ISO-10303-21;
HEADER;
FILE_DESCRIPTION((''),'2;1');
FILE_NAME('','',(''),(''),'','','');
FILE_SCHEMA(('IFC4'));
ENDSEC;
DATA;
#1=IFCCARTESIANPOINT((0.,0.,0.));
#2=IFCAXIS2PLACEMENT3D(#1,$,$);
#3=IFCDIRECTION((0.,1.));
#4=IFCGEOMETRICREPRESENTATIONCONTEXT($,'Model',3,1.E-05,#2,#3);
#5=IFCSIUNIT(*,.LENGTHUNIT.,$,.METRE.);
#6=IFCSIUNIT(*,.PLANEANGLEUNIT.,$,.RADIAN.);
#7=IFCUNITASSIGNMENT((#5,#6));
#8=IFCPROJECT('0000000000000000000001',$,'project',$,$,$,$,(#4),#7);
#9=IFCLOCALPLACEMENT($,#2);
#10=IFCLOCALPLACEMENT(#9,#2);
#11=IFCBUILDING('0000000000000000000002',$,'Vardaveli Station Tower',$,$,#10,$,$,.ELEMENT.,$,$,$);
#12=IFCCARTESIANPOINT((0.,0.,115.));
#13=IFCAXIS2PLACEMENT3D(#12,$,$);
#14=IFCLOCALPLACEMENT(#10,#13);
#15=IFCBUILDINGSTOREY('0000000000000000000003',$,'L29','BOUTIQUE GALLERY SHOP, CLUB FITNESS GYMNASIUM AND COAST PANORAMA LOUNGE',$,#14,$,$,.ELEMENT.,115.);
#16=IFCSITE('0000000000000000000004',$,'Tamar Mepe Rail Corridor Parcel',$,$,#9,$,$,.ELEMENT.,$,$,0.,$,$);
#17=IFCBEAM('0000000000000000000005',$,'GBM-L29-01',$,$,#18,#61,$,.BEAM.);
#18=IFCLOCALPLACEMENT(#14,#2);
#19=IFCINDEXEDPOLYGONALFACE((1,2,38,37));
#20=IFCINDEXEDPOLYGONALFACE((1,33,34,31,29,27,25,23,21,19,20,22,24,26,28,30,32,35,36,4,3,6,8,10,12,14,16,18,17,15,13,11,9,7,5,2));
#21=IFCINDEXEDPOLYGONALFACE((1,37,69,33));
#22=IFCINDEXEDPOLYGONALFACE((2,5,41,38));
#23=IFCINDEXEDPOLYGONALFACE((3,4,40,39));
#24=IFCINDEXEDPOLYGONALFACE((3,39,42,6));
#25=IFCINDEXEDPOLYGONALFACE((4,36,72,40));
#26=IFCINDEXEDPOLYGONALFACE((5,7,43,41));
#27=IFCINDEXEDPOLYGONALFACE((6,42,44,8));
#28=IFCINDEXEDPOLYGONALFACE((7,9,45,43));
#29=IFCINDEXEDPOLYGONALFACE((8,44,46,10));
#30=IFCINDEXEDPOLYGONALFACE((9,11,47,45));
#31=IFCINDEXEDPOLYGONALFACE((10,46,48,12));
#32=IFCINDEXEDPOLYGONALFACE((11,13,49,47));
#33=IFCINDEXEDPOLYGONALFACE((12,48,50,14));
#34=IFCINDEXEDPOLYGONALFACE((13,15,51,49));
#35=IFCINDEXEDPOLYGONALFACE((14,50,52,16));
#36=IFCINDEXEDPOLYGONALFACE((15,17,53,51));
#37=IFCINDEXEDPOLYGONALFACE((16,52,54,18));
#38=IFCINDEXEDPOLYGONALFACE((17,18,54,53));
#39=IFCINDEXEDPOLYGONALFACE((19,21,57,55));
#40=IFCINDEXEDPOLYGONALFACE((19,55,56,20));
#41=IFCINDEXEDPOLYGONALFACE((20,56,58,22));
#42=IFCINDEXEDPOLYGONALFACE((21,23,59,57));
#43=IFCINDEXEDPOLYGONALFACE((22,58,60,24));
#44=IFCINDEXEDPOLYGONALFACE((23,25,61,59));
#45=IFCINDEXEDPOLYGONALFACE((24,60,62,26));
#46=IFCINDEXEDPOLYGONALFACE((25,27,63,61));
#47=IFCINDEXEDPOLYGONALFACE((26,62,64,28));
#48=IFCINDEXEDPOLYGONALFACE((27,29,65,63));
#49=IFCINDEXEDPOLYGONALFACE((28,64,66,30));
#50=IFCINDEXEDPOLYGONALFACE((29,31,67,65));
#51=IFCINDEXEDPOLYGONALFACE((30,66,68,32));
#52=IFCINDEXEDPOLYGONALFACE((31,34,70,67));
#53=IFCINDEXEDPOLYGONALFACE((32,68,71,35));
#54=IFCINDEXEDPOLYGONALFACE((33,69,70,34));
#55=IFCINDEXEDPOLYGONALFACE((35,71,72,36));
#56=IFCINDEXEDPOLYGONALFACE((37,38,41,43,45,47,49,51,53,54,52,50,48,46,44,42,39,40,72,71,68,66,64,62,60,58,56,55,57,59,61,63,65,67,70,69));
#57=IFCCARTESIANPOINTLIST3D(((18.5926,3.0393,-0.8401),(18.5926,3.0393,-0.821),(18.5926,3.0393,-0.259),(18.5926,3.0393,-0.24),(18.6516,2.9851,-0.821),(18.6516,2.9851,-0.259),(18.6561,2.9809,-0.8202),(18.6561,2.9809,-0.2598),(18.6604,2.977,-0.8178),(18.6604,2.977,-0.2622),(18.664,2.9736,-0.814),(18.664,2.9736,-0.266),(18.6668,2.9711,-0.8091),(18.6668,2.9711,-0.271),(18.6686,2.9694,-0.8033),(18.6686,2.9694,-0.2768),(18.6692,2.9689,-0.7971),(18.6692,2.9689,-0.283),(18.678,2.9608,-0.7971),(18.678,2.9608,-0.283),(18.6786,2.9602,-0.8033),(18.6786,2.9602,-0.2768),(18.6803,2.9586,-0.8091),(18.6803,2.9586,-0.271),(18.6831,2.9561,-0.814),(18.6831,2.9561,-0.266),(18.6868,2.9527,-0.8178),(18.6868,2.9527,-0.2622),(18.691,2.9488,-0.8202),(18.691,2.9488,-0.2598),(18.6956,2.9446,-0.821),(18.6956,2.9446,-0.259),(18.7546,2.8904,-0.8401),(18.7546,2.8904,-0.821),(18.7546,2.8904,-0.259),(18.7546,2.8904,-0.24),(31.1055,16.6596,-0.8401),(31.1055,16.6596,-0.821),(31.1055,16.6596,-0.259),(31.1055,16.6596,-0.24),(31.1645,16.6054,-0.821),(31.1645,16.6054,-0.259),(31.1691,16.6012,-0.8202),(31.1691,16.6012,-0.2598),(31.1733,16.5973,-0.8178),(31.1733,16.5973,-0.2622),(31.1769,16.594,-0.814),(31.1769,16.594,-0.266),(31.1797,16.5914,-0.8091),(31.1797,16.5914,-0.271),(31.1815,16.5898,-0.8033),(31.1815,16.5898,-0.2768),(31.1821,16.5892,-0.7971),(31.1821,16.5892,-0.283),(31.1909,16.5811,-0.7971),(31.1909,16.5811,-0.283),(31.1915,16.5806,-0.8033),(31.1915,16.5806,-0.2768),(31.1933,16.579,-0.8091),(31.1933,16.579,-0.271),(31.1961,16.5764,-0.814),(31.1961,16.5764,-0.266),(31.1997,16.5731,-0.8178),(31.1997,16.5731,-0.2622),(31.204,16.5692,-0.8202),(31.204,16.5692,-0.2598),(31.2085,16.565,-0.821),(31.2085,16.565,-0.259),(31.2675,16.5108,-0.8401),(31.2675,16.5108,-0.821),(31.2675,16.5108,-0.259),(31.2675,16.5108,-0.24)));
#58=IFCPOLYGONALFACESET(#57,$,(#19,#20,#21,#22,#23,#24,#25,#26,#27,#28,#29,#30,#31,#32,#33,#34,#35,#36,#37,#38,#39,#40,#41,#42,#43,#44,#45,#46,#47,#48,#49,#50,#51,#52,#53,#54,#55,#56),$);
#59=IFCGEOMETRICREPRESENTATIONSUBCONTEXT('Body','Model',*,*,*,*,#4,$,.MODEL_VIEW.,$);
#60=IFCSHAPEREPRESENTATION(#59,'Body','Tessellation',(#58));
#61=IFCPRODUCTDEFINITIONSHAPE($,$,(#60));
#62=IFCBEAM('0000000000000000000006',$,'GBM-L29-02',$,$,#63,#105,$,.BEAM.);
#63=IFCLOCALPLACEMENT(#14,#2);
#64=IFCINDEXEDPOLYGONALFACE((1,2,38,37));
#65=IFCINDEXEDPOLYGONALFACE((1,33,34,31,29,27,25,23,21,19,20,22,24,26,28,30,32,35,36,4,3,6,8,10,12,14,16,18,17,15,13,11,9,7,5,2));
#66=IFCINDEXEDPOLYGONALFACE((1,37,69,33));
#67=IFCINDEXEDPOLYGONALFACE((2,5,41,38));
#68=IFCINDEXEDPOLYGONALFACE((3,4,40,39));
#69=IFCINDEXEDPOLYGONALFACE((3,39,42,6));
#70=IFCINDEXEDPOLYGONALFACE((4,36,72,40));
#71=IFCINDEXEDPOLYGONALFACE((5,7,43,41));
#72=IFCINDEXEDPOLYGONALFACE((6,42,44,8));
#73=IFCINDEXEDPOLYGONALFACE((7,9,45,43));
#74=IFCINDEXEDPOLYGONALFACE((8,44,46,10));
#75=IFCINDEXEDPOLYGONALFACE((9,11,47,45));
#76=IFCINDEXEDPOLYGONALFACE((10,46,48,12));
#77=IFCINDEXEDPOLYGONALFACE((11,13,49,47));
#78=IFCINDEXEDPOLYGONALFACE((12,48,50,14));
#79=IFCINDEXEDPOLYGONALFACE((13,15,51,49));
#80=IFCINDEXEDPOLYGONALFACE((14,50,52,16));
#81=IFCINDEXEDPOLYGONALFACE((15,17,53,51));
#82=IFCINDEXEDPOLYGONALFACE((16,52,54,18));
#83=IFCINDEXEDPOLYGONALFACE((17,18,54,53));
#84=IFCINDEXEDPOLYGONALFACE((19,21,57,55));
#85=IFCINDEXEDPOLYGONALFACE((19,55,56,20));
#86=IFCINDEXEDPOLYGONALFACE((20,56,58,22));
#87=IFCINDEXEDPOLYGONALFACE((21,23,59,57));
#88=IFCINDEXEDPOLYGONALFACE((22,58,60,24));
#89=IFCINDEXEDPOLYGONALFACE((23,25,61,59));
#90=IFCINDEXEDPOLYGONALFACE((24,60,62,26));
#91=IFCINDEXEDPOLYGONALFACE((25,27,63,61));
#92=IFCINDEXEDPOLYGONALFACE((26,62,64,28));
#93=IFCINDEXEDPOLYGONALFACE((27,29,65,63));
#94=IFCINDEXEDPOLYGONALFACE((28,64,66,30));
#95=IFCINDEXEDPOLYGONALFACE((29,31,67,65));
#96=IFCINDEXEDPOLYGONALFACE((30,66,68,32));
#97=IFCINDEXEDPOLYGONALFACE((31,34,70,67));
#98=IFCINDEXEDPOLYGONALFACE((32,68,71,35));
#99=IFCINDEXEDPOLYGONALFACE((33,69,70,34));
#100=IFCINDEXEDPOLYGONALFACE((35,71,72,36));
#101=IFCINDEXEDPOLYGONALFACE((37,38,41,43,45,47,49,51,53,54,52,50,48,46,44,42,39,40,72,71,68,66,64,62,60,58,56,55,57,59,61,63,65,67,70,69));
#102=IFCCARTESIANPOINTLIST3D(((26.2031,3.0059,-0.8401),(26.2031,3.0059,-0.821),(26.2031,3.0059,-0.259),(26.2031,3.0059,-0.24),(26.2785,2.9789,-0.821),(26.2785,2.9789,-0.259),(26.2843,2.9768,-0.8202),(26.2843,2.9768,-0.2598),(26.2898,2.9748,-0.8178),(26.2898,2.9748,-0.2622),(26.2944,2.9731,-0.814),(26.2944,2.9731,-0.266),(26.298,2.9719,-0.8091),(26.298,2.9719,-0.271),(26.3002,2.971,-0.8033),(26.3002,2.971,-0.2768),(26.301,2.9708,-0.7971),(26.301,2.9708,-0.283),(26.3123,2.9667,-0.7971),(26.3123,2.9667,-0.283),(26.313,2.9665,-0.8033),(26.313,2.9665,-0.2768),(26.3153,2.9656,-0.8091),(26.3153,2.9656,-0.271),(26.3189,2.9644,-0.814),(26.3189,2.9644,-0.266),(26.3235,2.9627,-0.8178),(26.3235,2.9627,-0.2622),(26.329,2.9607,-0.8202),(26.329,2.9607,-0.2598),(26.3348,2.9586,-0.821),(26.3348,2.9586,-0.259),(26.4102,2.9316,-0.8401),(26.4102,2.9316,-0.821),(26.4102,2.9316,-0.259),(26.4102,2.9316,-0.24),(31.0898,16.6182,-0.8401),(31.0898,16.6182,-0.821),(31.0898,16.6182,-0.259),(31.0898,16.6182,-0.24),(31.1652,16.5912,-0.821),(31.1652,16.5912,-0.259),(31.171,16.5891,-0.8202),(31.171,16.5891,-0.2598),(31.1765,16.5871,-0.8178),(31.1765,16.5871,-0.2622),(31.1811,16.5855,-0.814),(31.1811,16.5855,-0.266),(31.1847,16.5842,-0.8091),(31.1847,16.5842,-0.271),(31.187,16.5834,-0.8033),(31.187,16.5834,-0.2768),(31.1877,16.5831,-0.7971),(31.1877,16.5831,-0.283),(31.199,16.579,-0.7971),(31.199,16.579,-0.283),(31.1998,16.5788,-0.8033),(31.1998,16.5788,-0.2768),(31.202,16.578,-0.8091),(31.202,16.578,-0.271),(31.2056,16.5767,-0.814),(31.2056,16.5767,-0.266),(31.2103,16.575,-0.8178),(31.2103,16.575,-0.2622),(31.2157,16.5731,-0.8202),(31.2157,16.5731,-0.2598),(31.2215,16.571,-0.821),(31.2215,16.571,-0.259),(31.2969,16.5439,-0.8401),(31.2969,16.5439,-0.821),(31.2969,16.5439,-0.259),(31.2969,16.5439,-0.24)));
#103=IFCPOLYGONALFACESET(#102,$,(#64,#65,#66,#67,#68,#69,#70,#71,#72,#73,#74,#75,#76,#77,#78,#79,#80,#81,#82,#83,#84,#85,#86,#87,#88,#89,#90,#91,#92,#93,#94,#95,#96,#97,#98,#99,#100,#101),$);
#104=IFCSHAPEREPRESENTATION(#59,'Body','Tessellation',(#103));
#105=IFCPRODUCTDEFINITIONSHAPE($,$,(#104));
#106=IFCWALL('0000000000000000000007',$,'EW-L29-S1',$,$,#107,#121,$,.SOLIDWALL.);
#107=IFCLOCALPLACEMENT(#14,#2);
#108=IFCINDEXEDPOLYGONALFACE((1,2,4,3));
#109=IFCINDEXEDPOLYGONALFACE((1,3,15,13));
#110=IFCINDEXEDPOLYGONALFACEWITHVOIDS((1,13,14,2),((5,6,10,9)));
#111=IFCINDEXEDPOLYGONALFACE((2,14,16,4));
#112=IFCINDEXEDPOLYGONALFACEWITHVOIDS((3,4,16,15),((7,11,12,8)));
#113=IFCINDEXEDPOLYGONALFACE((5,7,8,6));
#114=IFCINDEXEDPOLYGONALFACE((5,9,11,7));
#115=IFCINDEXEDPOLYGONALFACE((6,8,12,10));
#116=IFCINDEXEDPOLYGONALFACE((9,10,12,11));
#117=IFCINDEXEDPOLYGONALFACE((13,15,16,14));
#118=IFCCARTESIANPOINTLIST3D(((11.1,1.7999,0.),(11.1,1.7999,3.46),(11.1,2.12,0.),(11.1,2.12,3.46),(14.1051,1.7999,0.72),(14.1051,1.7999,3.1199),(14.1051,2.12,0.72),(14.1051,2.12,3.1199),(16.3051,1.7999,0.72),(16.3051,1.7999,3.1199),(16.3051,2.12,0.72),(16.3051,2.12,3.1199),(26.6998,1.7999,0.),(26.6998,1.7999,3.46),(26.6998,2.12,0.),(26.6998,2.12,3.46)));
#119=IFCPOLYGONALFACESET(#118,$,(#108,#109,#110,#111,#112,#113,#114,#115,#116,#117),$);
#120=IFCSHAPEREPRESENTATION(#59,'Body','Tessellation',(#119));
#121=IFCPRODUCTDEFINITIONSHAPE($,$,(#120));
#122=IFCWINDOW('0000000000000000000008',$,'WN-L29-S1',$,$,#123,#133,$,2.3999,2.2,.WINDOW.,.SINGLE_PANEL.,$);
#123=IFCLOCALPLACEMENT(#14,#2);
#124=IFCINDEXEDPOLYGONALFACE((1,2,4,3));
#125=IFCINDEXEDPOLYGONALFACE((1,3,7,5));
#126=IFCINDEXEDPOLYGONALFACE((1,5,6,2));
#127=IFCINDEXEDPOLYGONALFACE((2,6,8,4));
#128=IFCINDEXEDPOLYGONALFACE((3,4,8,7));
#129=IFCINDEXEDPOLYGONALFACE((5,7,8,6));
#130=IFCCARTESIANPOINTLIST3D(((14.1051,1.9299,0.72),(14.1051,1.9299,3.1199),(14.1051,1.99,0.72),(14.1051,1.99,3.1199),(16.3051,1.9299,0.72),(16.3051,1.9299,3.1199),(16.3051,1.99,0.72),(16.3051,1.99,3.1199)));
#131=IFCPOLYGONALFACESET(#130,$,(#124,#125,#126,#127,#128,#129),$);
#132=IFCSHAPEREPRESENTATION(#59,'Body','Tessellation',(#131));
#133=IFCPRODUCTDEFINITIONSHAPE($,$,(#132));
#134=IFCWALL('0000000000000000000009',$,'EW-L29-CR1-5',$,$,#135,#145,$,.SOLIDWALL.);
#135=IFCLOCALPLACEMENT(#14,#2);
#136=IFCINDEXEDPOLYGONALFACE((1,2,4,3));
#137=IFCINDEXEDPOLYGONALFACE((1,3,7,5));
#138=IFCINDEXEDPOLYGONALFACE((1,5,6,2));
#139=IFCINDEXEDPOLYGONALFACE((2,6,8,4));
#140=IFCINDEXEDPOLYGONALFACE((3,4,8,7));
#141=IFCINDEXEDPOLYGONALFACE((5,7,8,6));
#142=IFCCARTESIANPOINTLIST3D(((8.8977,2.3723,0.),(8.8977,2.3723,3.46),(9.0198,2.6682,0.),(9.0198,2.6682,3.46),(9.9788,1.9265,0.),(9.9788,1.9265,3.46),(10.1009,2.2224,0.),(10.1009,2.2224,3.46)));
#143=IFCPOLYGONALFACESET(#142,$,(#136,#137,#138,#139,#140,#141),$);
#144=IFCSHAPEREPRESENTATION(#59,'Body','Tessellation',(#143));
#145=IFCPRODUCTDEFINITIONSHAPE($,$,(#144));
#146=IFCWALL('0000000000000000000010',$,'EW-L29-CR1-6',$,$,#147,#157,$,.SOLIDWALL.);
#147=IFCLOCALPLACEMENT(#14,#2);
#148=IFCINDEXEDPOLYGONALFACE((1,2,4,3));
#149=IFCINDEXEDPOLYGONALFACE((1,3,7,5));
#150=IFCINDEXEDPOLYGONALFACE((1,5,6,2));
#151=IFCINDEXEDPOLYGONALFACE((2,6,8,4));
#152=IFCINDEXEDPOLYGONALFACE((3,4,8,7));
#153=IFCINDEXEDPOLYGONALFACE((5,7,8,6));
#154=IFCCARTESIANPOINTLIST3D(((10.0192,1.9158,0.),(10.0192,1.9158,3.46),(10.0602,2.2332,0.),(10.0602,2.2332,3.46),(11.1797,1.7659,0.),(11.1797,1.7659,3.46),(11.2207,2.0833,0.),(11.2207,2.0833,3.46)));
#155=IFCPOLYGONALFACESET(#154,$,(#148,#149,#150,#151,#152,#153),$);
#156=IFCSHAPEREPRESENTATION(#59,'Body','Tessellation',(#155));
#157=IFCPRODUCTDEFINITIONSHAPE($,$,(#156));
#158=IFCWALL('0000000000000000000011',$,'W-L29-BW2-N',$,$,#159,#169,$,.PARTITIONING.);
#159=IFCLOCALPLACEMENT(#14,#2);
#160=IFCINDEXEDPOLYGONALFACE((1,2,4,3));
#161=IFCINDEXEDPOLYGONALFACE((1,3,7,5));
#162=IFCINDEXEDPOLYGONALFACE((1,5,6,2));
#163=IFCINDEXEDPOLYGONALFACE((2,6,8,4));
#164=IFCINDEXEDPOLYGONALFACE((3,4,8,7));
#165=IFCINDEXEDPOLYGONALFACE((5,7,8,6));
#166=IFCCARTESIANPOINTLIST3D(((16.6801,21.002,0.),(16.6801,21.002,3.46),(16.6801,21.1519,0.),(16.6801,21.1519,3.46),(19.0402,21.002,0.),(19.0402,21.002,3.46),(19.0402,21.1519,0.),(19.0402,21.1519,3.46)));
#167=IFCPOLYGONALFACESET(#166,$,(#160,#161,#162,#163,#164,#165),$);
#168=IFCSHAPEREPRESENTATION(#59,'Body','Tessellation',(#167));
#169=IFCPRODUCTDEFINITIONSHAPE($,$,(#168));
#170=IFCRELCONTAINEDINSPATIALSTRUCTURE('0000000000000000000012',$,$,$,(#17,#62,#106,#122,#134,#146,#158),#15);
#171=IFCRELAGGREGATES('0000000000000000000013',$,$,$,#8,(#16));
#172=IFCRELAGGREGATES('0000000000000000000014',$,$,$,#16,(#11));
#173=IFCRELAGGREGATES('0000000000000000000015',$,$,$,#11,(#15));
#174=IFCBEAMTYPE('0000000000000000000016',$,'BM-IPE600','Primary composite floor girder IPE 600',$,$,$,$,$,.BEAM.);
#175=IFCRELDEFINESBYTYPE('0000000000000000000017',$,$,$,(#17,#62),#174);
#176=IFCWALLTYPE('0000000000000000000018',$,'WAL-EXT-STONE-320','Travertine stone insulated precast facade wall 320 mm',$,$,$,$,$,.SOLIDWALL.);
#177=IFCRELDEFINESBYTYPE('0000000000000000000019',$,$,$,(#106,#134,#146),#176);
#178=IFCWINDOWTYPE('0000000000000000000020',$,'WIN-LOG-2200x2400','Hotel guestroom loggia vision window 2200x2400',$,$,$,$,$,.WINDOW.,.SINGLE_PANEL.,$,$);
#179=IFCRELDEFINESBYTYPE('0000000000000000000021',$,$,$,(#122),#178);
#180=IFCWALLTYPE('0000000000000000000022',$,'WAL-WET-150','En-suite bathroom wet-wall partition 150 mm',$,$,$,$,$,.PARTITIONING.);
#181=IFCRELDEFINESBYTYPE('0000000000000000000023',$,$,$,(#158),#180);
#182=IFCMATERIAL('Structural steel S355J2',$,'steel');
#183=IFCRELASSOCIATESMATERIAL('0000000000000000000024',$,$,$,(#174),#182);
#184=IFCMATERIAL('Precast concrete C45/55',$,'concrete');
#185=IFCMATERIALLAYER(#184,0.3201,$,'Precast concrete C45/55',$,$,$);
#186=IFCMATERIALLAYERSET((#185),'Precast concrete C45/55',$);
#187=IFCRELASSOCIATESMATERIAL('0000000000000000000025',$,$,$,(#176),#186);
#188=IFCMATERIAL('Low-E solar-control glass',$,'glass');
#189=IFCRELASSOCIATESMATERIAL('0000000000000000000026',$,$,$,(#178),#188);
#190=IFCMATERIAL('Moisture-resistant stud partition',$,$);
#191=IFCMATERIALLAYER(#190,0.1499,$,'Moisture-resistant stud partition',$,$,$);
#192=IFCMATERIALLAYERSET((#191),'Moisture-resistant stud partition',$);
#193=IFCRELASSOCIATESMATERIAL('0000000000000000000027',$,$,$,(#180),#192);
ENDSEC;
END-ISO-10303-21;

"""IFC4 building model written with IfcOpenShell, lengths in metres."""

from ifc_helpers import new_model, si_unit, direction, frame, frame_2d, origin, origin_2d, place, context, subcontext, project, spatial, rectangle, i_section, extrude, source, transform, mapped, material, layer, layer_set, material_profile, profile_set, type_object, element, fill, save


model = new_model("IFC4")

# Units and contexts
model_context = context("Model", 3, precision=1e-05, world=origin(), true_north=direction((0.0, 1.0)))
body_context = subcontext(model_context, "Body", "Model", "MODEL_VIEW")
ifc_project = project(units=[si_unit("LENGTHUNIT", "METRE"), si_unit("PLANEANGLEUNIT", "RADIAN")], contexts=[model_context])

# Site, building, storey
site_placement = place(None, origin())
site = spatial("IfcSite", under=ifc_project, at=site_placement, Name="Tamar Mepe Rail Corridor Parcel", CompositionType="ELEMENT", RefElevation=0.0)
building_placement = place(site_placement, origin())
building = spatial("IfcBuilding", under=site, at=building_placement, Name="Vardaveli Station Tower", CompositionType="ELEMENT")
storey_placement = place(building_placement, frame((0.0, 0.0, 115.0)))
storey = spatial("IfcBuildingStorey", under=building, at=storey_placement, Name="L29", Description="BOUTIQUE GALLERY SHOP, CLUB FITNESS GYMNASIUM AND COAST PANORAMA LOUNGE", CompositionType="ELEMENT", Elevation=115.0)

# Beams
ifc_material_1 = material(Name="Precast concrete C45/55", Category="concrete")
ifc_material_2 = material(Name="Structural steel S355J2", Category="steel")
ifc_material_profile_1 = material_profile(ifc_material_2, i_section(OverallWidth=0.22, OverallDepth=0.6001, WebThickness=0.012, FlangeThickness=0.019, FilletRadius=0.0239, at=origin_2d()), Name="IPE 600")
ifc_profile_set_1 = profile_set([ifc_material_profile_1], Name="Structural steel S355J2")
beam_type_1 = type_object("IfcBeamType", Name="BM-IPE600", Description="Primary composite floor girder IPE 600", PredefinedType="BEAM", material=ifc_profile_set_1)
shared_shape_1 = source(origin(), body_context, "Body", "SweptSolid", [
    extrude(i_section(OverallWidth=0.22, OverallDepth=0.6001, WebThickness=0.012, FlangeThickness=0.019, FilletRadius=0.0239, at=origin_2d()), origin(), (0.0, 0.0, 1.0), 18.4956),
])
beam_1_placement = place(storey_placement, frame((18.6736, 2.9648, -0.54), z_axis=(0.676535, 0.73641, 0.0), x_axis=(-0.73641, 0.676535, 0.0)))
element("IfcBeam", 1, at=beam_1_placement, inside=storey, type_object=beam_type_1, Name="GBM-L29-01", PredefinedType="BEAM", context=body_context, shape_type="MappedRepresentation", body=[
    mapped(shared_shape_1, transform((0.0, 0.0, 0.0), scale=1.0)),
])
shared_shape_2 = source(origin(), body_context, "Body", "SweptSolid", [
    extrude(i_section(OverallWidth=0.22, OverallDepth=0.6001, WebThickness=0.012, FlangeThickness=0.019, FilletRadius=0.0239, at=origin_2d()), origin(), (0.0, 0.0, 1.0), 14.4629),
])
beam_2_placement = place(storey_placement, frame((26.3066, 2.9688, -0.54), z_axis=(0.33788, 0.941189, 0.0), x_axis=(-0.941189, 0.33788, 0.0)))
element("IfcBeam", 2, at=beam_2_placement, inside=storey, type_object=beam_type_1, Name="GBM-L29-02", PredefinedType="BEAM", context=body_context, shape_type="MappedRepresentation", body=[
    mapped(shared_shape_2, transform((0.0, 0.0, 0.0), scale=1.0)),
])

# Wall, opening, window
ifc_layer_1 = layer(ifc_material_1, 0.3201, Name="Precast concrete C45/55")
ifc_layer_set_1 = layer_set([ifc_layer_1], Name="Precast concrete C45/55")
wall_type_1 = type_object("IfcWallType", Name="WAL-EXT-STONE-320", Description="Travertine stone insulated precast facade wall 320 mm", PredefinedType="SOLIDWALL", material=ifc_layer_set_1)
shared_shape_3 = source(origin(), body_context, "Body", "SweptSolid", [
    extrude(rectangle(XDim=15.5999, YDim=0.3201, at=frame_2d((7.7998, 0.0))), origin(), (0.0, 0.0, 1.0), 3.46),
])
wall_1_placement = place(storey_placement, frame((11.1001, 1.96, 0.0), z_axis=(0.0, 0.0, 1.0), x_axis=(1.0, 0.0, 0.0)))
wall_1 = element("IfcWall", 3, at=wall_1_placement, inside=storey, type_object=wall_type_1, Name="EW-L29-S1", PredefinedType="SOLIDWALL", context=body_context, shape_type="MappedRepresentation", body=[
    mapped(shared_shape_3, transform((0.0, 0.0, 0.0), scale=1.0)),
])
shared_shape_4 = source(origin(), body_context, "Body", "SweptSolid", [
    extrude(rectangle(XDim=2.2, YDim=2.3999, at=frame_2d((1.1001, 1.2))), frame((0.0, 0.1699, 0.0), z_axis=(0.0, -1.0, 0.0), x_axis=(1.0, 0.0, 0.0)), (0.0, 0.0, 1.0), 0.3401),
])
opening_1_placement = place(wall_1_placement, frame((3.0049, 0.0, 0.72)))
opening_1 = element("IfcOpeningElement", 4, at=opening_1_placement, cuts=wall_1, PredefinedType="OPENING", context=body_context, shape_type="MappedRepresentation", body=[
    mapped(shared_shape_4, transform((0.0, 0.0, 0.0), scale=1.0)),
])
ifc_material_3 = material(Name="Low-E solar-control glass", Category="glass")
window_type = type_object("IfcWindowType", Name="WIN-LOG-2200x2400", Description="Hotel guestroom loggia vision window 2200x2400", PartitioningType="SINGLE_PANEL", PredefinedType="WINDOW", material=ifc_material_3)
shared_shape_5 = source(origin(), body_context, "Body", "SweptSolid", [
    extrude(rectangle(XDim=2.2, YDim=2.3999, at=frame_2d((1.1001, 1.2))), frame((0.0, 0.03, 0.0), z_axis=(0.0, -1.0, 0.0), x_axis=(1.0, 0.0, 0.0)), (0.0, 0.0, 1.0), 0.0601),
])
window_placement = place(opening_1_placement, origin())
window = element("IfcWindow", 5, at=window_placement, inside=storey, type_object=window_type, Name="WN-L29-S1", OverallHeight=2.3999, OverallWidth=2.2, PartitioningType="SINGLE_PANEL", PredefinedType="WINDOW", context=body_context, shape_type="MappedRepresentation", body=[
    mapped(shared_shape_5, transform((0.0, 0.0, 0.0), scale=1.0)),
])
fill(opening_1, window)

# Walls
shared_shape_6 = source(origin(), body_context, "Body", "SweptSolid", [
    extrude(rectangle(XDim=1.1694, YDim=0.3201, at=frame_2d((0.5847, 0.0))), origin(), (0.0, 0.0, 1.0), 3.46),
])
wall_2_placement = place(storey_placement, frame((8.9587, 2.5203, 0.0), z_axis=(0.0, 0.0, 1.0), x_axis=(0.924479, -0.381233, 0.0)))
element("IfcWall", 6, at=wall_2_placement, inside=storey, type_object=wall_type_1, Name="EW-L29-CR1-5", PredefinedType="SOLIDWALL", context=body_context, shape_type="MappedRepresentation", body=[
    mapped(shared_shape_6, transform((0.0, 0.0, 0.0), scale=1.0)),
])
shared_shape_7 = source(origin(), body_context, "Body", "SweptSolid", [
    extrude(rectangle(XDim=1.1702, YDim=0.3201, at=frame_2d((0.585, 0.0))), origin(), (0.0, 0.0, 1.0), 3.46),
])
wall_3_placement = place(storey_placement, frame((10.0398, 2.0745, 0.0), z_axis=(0.0, 0.0, 1.0), x_axis=(0.991762, -0.12809, 0.0)))
element("IfcWall", 7, at=wall_3_placement, inside=storey, type_object=wall_type_1, Name="EW-L29-CR1-6", PredefinedType="SOLIDWALL", context=body_context, shape_type="MappedRepresentation", body=[
    mapped(shared_shape_7, transform((0.0, 0.0, 0.0), scale=1.0)),
])
ifc_material_4 = material(Name="Moisture-resistant stud partition")
ifc_layer_2 = layer(ifc_material_4, 0.1499, Name="Moisture-resistant stud partition")
ifc_layer_set_2 = layer_set([ifc_layer_2], Name="Moisture-resistant stud partition")
wall_type_2 = type_object("IfcWallType", Name="WAL-WET-150", Description="En-suite bathroom wet-wall partition 150 mm", PredefinedType="PARTITIONING", material=ifc_layer_set_2)
shared_shape_8 = source(origin(), body_context, "Body", "SweptSolid", [
    extrude(rectangle(XDim=2.3601, YDim=0.1499, at=frame_2d((1.1802, 0.0))), origin(), (0.0, 0.0, 1.0), 3.46),
])
wall_4_placement = place(storey_placement, frame((16.6799, 21.0769, 0.0), z_axis=(0.0, 0.0, 1.0), x_axis=(1.0, 0.0, 0.0)))
element("IfcWall", 8, at=wall_4_placement, inside=storey, type_object=wall_type_2, Name="W-L29-BW2-N", PredefinedType="PARTITIONING", context=body_context, shape_type="MappedRepresentation", body=[
    mapped(shared_shape_8, transform((0.0, 0.0, 0.0), scale=1.0)),
])

save(model, "model.ifc")
